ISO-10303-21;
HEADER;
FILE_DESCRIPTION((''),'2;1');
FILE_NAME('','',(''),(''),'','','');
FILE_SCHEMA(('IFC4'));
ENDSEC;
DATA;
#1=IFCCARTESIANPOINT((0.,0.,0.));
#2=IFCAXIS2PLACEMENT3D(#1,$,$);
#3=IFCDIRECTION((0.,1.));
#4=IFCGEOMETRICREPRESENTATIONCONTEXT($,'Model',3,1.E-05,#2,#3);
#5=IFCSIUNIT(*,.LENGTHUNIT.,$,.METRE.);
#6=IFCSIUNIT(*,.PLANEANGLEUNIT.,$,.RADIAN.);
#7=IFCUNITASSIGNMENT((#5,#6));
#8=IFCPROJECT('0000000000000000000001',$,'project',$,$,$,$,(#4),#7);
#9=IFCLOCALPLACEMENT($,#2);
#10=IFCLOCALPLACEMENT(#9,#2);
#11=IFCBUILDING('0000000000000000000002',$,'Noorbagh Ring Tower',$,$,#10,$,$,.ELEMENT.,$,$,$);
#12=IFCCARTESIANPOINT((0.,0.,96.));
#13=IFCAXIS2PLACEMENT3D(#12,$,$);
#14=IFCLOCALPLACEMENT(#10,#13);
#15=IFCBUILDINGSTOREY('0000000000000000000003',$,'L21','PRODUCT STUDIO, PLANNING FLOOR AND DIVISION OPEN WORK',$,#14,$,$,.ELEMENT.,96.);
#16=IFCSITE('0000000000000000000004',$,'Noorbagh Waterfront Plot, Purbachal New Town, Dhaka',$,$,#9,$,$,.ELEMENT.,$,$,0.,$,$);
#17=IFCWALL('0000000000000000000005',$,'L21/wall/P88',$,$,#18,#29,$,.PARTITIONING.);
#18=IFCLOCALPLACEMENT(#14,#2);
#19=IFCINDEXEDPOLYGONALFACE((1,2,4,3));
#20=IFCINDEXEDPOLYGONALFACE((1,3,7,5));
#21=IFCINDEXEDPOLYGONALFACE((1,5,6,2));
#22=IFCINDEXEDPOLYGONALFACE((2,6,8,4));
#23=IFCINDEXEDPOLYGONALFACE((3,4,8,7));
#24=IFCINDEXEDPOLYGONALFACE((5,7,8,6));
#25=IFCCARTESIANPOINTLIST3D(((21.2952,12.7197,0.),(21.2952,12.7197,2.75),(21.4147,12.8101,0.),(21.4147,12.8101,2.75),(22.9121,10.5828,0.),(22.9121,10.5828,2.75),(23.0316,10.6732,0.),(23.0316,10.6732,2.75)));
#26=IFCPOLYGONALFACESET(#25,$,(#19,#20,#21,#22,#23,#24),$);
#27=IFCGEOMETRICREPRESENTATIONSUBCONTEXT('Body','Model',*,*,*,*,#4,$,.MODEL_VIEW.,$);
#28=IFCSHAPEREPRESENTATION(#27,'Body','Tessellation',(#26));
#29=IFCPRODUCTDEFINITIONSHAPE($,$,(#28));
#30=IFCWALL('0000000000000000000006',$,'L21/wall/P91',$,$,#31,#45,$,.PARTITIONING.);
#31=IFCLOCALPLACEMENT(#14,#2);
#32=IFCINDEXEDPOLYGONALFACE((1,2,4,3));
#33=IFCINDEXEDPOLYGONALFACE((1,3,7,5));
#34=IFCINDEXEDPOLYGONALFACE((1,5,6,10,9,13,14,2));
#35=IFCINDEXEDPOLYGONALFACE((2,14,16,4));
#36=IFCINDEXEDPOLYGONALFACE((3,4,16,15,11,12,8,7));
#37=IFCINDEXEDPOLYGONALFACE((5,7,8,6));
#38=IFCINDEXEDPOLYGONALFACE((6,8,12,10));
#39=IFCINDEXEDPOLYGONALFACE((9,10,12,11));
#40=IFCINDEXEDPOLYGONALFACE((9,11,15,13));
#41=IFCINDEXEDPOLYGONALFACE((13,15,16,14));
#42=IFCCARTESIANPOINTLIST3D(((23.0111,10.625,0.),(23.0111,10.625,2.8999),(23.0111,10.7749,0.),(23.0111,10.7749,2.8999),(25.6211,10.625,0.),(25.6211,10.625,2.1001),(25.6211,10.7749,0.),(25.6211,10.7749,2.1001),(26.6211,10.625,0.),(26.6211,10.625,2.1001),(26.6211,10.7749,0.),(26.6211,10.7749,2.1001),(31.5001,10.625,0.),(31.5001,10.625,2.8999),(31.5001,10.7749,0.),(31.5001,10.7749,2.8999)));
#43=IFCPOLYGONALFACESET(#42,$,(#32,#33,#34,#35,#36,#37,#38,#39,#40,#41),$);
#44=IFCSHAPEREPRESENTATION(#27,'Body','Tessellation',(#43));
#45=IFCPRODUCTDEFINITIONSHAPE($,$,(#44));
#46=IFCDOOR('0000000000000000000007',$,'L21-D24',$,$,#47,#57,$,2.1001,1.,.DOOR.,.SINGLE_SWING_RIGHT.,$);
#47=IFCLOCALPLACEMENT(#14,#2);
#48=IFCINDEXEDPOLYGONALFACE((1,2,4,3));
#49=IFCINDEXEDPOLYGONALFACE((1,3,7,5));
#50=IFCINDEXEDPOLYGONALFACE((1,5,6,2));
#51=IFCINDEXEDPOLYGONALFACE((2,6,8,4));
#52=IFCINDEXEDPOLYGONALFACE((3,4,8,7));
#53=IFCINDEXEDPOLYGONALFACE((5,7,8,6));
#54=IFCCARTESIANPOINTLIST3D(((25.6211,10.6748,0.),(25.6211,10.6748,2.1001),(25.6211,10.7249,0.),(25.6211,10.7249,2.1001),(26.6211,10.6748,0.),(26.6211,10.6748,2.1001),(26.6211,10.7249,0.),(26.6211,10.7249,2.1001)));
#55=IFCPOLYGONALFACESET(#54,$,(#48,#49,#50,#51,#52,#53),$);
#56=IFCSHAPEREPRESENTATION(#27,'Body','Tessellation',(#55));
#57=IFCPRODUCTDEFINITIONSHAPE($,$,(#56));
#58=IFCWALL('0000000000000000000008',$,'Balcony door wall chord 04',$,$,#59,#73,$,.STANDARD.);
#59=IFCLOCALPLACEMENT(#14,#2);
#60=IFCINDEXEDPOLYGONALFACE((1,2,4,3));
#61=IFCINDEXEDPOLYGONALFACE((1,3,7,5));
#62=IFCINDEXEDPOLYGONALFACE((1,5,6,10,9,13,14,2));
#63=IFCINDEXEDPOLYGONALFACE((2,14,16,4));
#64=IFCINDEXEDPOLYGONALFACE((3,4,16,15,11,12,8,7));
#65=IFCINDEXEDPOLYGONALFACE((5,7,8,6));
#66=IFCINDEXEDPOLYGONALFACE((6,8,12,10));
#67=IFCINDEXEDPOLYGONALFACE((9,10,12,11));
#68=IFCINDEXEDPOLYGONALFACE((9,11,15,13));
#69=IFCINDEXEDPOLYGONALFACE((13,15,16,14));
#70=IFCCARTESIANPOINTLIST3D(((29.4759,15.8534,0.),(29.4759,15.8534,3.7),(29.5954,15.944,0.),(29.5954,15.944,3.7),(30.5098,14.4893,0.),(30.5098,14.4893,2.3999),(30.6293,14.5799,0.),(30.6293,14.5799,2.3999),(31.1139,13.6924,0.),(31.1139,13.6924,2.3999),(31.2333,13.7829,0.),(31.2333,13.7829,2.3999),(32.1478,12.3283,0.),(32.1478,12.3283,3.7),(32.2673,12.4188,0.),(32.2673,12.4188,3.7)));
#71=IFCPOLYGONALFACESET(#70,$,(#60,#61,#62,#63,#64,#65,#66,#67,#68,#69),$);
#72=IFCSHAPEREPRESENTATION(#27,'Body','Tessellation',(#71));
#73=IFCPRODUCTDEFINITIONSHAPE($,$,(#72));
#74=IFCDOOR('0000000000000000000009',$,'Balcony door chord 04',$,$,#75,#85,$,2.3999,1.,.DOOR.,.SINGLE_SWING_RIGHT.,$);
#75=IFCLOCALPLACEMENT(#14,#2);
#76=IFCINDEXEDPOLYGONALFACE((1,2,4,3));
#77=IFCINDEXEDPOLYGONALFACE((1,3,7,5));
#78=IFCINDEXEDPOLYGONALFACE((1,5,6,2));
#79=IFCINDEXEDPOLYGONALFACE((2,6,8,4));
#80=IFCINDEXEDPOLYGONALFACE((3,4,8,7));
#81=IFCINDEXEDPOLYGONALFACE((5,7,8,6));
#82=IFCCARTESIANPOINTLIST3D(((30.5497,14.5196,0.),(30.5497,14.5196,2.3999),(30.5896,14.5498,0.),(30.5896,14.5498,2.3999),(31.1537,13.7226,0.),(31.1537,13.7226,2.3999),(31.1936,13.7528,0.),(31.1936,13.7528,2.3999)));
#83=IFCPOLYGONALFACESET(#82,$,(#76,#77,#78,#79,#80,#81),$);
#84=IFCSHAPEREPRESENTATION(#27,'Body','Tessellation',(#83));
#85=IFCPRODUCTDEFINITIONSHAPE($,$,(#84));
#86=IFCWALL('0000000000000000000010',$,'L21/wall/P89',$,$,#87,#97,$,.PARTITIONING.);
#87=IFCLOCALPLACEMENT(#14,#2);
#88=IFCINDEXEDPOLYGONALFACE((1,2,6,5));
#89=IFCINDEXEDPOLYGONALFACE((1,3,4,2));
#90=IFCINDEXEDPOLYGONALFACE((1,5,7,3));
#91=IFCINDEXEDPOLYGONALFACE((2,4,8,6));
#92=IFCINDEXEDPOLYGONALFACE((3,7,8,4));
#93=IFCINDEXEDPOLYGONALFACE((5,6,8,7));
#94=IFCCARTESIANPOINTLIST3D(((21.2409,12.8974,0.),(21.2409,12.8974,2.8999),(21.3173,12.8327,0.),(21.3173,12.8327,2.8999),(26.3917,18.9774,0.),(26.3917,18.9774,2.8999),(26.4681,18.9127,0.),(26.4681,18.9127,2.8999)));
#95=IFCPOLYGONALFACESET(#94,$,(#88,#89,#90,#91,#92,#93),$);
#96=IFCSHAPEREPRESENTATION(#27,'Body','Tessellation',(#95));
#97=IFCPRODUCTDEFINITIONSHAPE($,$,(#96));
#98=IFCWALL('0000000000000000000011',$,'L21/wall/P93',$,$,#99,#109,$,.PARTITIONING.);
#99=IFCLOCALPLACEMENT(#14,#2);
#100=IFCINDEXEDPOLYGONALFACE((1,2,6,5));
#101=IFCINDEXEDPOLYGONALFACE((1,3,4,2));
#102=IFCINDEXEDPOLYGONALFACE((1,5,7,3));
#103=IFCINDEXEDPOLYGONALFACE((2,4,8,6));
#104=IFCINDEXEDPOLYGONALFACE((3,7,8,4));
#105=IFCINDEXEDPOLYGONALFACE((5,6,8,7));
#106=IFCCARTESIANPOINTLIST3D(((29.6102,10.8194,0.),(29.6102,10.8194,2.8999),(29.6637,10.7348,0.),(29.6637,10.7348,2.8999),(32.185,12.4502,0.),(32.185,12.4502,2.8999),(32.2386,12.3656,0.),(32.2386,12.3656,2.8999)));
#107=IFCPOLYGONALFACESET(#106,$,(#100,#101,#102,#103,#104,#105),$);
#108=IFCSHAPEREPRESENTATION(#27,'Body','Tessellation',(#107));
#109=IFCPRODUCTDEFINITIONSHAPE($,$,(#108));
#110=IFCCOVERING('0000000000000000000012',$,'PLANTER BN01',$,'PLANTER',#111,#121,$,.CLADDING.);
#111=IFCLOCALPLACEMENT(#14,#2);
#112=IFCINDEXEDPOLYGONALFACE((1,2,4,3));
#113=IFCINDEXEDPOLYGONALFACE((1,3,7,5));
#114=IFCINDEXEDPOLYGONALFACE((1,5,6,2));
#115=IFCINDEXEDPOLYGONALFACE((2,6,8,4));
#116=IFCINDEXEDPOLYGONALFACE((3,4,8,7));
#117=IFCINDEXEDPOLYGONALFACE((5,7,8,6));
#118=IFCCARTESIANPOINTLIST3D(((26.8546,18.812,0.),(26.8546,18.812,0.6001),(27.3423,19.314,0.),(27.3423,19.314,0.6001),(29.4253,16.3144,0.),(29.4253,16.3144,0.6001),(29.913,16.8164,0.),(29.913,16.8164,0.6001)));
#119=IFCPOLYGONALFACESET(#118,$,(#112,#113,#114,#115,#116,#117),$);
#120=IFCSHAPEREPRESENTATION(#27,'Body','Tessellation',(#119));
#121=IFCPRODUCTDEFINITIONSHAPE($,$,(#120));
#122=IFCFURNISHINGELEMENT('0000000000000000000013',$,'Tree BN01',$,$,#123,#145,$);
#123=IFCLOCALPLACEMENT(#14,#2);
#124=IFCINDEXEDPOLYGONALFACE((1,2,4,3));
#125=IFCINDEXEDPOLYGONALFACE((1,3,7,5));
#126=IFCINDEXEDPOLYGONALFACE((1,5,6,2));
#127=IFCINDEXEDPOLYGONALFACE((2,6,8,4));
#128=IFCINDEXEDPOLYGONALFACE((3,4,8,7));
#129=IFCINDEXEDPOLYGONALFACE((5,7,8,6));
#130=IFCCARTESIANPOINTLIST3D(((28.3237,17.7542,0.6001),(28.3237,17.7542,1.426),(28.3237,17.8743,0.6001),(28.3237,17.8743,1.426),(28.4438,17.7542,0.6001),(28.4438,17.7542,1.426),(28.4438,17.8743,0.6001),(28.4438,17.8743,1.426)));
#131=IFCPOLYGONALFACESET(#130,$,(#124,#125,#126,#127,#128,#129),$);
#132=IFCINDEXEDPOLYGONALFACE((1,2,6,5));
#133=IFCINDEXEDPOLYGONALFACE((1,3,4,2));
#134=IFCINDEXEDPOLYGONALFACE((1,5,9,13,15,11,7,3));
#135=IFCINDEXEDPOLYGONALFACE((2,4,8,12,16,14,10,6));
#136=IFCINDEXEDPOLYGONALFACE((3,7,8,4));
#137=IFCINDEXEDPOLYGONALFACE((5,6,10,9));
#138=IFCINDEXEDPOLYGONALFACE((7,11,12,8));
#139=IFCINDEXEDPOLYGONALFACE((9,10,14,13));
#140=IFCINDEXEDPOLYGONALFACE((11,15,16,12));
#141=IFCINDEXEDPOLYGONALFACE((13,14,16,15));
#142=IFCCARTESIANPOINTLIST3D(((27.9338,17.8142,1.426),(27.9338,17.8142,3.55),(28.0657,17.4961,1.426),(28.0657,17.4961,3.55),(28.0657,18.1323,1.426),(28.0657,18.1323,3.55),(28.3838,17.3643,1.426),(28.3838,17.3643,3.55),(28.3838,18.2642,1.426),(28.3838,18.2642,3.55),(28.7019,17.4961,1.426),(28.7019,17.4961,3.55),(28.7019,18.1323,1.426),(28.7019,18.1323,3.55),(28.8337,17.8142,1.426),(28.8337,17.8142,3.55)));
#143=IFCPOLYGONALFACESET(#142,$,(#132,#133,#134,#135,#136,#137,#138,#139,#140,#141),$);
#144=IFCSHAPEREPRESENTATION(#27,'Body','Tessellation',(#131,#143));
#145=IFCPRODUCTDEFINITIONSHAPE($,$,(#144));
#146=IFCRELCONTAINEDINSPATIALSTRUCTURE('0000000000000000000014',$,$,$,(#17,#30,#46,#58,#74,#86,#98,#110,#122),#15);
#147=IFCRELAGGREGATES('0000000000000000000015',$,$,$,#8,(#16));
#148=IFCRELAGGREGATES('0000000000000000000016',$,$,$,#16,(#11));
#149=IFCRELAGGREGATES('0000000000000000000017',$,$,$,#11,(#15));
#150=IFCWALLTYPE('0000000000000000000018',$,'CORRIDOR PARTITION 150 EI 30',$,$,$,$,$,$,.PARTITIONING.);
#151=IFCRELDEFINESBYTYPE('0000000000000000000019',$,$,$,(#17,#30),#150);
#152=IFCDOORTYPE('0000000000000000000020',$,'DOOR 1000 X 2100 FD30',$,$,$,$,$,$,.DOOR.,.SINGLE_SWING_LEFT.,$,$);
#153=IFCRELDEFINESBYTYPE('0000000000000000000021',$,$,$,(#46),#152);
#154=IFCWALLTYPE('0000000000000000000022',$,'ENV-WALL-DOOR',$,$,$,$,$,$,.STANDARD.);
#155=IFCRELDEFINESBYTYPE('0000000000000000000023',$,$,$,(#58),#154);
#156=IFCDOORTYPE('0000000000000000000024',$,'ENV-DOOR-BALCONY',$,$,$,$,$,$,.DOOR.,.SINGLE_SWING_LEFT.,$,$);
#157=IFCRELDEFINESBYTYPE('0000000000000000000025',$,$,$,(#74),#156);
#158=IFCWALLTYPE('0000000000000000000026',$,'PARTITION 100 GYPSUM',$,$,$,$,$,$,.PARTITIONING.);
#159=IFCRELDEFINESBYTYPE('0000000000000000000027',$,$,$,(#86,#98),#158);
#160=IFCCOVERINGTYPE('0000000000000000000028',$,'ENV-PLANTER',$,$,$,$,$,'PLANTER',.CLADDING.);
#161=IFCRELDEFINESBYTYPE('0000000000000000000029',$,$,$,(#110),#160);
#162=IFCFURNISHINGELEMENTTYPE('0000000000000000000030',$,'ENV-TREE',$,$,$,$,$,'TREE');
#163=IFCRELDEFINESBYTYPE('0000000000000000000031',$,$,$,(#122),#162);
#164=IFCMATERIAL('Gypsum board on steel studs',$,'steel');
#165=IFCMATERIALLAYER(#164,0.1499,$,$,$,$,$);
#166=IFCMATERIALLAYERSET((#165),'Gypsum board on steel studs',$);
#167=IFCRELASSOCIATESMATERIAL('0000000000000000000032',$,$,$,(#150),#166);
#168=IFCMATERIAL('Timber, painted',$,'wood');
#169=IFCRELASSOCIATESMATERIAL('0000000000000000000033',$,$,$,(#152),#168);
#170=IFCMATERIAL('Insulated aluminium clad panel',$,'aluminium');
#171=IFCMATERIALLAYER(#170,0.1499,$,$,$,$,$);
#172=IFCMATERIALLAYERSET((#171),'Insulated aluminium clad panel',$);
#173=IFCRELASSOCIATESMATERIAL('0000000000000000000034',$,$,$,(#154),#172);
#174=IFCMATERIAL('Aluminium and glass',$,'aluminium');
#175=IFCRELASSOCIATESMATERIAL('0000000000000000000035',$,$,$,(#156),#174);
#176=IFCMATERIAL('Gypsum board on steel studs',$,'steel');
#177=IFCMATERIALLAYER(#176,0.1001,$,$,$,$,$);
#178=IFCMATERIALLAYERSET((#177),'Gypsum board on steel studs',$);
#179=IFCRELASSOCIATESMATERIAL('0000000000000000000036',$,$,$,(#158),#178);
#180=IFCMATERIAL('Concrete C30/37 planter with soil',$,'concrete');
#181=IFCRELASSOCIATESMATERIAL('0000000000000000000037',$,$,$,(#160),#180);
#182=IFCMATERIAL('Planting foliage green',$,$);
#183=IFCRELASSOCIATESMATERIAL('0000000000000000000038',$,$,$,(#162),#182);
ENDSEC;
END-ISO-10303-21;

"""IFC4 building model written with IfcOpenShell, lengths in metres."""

from ifc_helpers import new_model, si_unit, direction, frame, frame_2d, origin, origin_2d, place, context, subcontext, project, spatial, polyline, rectangle, outline, extrude, material, layer, layer_set, type_object, element, fill, save


model = new_model("IFC4")

# Units and contexts
model_context = context("Model", 3, precision=1e-05, world=origin(), true_north=direction((0.0, 1.0)))
body_context = subcontext(model_context, "Body", "Model", "MODEL_VIEW")
ifc_project = project(units=[si_unit("LENGTHUNIT", "METRE"), si_unit("PLANEANGLEUNIT", "RADIAN")], contexts=[model_context])

# Site, building, storey
site_placement = place(None, origin())
site = spatial("IfcSite", under=ifc_project, at=site_placement, Name="Noorbagh Waterfront Plot, Purbachal New Town, Dhaka", CompositionType="ELEMENT", RefElevation=0.0)
building_placement = place(site_placement, origin())
building = spatial("IfcBuilding", under=site, at=building_placement, Name="Noorbagh Ring Tower", CompositionType="ELEMENT")
storey_placement = place(building_placement, frame((0.0, 0.0, 96.0)))
storey = spatial("IfcBuildingStorey", under=building, at=storey_placement, Name="L21", Description="PRODUCT STUDIO, PLANNING FLOOR AND DIVISION OPEN WORK", CompositionType="ELEMENT", Elevation=96.0)

# Wall
ifc_material_1 = material(Name="Gypsum board on steel studs", Category="steel")
ifc_layer_1 = layer(ifc_material_1, 0.1499)
ifc_layer_set_1 = layer_set([ifc_layer_1], Name="Gypsum board on steel studs")
wall_type_1 = type_object("IfcWallType", Name="CORRIDOR PARTITION 150 EI 30", PredefinedType="PARTITIONING", material=ifc_layer_set_1)
wall_1_placement = place(storey_placement, frame((21.355, 12.7649, 0.0), z_axis=(0.0, 0.0, 1.0), x_axis=(0.603391, -0.797445, 0.0)))
element("IfcWall", 1, at=wall_1_placement, inside=storey, type_object=wall_type_1, Name="L21/wall/P88", PredefinedType="PARTITIONING", context=body_context, shape_type="SweptSolid", body=[
    extrude(rectangle(XDim=2.6797, YDim=0.1499, at=frame_2d((1.3398, 0.0))), origin(), (0.0, 0.0, 1.0), 2.75),
])

# Walls, openings, doors
wall_2_placement = place(storey_placement, frame((23.011, 10.7, 0.0), z_axis=(0.0, 0.0, 1.0), x_axis=(1.0, 0.0, 0.0)))
wall_2 = element("IfcWall", 2, at=wall_2_placement, inside=storey, type_object=wall_type_1, Name="L21/wall/P91", PredefinedType="PARTITIONING", context=body_context, shape_type="SweptSolid", body=[
    extrude(rectangle(XDim=8.489, YDim=0.1499, at=frame_2d((4.2446, 0.0))), origin(), (0.0, 0.0, 1.0), 2.8999),
])
opening_1_placement = place(wall_2_placement, frame((2.6101, 0.0, 0.0)))
opening_1 = element("IfcOpeningElement", 3, at=opening_1_placement, cuts=wall_2, PredefinedType="OPENING", context=body_context, shape_type="SweptSolid", body=[
    extrude(rectangle(XDim=1.0, YDim=2.1001, at=frame_2d((0.5, 1.05))), frame((0.0, 0.085, 0.0), z_axis=(0.0, -1.0, 0.0), x_axis=(1.0, 0.0, 0.0)), (0.0, 0.0, 1.0), 0.1699),
])
ifc_material_2 = material(Name="Timber, painted", Category="wood")
door_type_1 = type_object("IfcDoorType", Name="DOOR 1000 X 2100 FD30", OperationType="SINGLE_SWING_LEFT", PredefinedType="DOOR", material=ifc_material_2)
door_1_placement = place(opening_1_placement, origin())
door_1 = element("IfcDoor", 4, at=door_1_placement, inside=storey, type_object=door_type_1, Name="L21-D24", OperationType="SINGLE_SWING_RIGHT", OverallHeight=2.1001, OverallWidth=1.0, PredefinedType="DOOR", context=body_context, shape_type="SweptSolid", body=[
    extrude(rectangle(XDim=1.0, YDim=2.1001, at=frame_2d((0.5, 1.05))), frame((0.0, 0.0249, 0.0), z_axis=(0.0, -1.0, 0.0), x_axis=(1.0, 0.0, 0.0)), (0.0, 0.0, 1.0), 0.05),
])
fill(opening_1, door_1)
ifc_material_3 = material(Name="Insulated aluminium clad panel", Category="aluminium")
ifc_layer_2 = layer(ifc_material_3, 0.1499)
ifc_layer_set_2 = layer_set([ifc_layer_2], Name="Insulated aluminium clad panel")
wall_type_2 = type_object("IfcWallType", Name="ENV-WALL-DOOR", PredefinedType="STANDARD", material=ifc_layer_set_2)
wall_3_placement = place(storey_placement, frame((32.2075, 12.3735, 0.0), z_axis=(0.0, 0.0, 1.0), x_axis=(-0.604046, 0.79695, 0.0)))
wall_3 = element("IfcWall", 5, at=wall_3_placement, inside=storey, type_object=wall_type_2, Name="Balcony door wall chord 04", PredefinedType="STANDARD", context=body_context, shape_type="SweptSolid", body=[
    extrude(rectangle(XDim=4.4233, YDim=0.1499, at=frame_2d((2.2117, 0.0))), origin(), (0.0, 0.0, 1.0), 3.7),
])
opening_2_placement = place(wall_3_placement, frame((1.7117, 0.0, 0.0)))
opening_2 = element("IfcOpeningElement", 6, at=opening_2_placement, cuts=wall_3, PredefinedType="OPENING", context=body_context, shape_type="SweptSolid", body=[
    extrude(rectangle(XDim=1.0, YDim=2.3999, at=frame_2d((0.5, 1.2))), frame((0.0, 0.085, 0.0), z_axis=(0.0, -1.0, 0.0), x_axis=(1.0, 0.0, 0.0)), (0.0, 0.0, 1.0), 0.1699),
])
ifc_material_4 = material(Name="Aluminium and glass", Category="aluminium")
door_type_2 = type_object("IfcDoorType", Name="ENV-DOOR-BALCONY", OperationType="SINGLE_SWING_LEFT", PredefinedType="DOOR", material=ifc_material_4)
door_2_placement = place(opening_2_placement, origin())
door_2 = element("IfcDoor", 7, at=door_2_placement, inside=storey, type_object=door_type_2, Name="Balcony door chord 04", OperationType="SINGLE_SWING_RIGHT", OverallHeight=2.3999, OverallWidth=1.0, PredefinedType="DOOR", context=body_context, shape_type="SweptSolid", body=[
    extrude(rectangle(XDim=1.0, YDim=2.3999, at=frame_2d((0.5, 1.2))), frame((0.0, 0.0249, 0.0), z_axis=(0.0, -1.0, 0.0), x_axis=(1.0, 0.0, 0.0)), (0.0, 0.0, 1.0), 0.05),
])
fill(opening_2, door_2)

# Walls
ifc_material_5 = material(Name="Gypsum board on steel studs", Category="steel")
ifc_layer_3 = layer(ifc_material_5, 0.1001)
ifc_layer_set_3 = layer_set([ifc_layer_3], Name="Gypsum board on steel studs")
wall_type_3 = type_object("IfcWallType", Name="PARTITION 100 GYPSUM", PredefinedType="PARTITIONING", material=ifc_layer_set_3)
wall_4_placement = place(storey_placement, frame((21.2791, 12.865, 0.0), z_axis=(0.0, 0.0, 1.0), x_axis=(0.646395, 0.763003, 0.0)))
element("IfcWall", 8, at=wall_4_placement, inside=storey, type_object=wall_type_3, Name="L21/wall/P89", PredefinedType="PARTITIONING", context=body_context, shape_type="SweptSolid", body=[
    extrude(rectangle(XDim=7.9685, YDim=0.1001, at=frame_2d((3.9844, 0.0))), origin(), (0.0, 0.0, 1.0), 2.8999),
])
wall_5_placement = place(storey_placement, frame((29.637, 10.7771, 0.0), z_axis=(0.0, 0.0, 1.0), x_axis=(0.844811, 0.535065, 0.0)))
element("IfcWall", 9, at=wall_5_placement, inside=storey, type_object=wall_type_3, Name="L21/wall/P93", PredefinedType="PARTITIONING", context=body_context, shape_type="SweptSolid", body=[
    extrude(rectangle(XDim=3.0479, YDim=0.1001, at=frame_2d((1.5239, 0.0))), origin(), (0.0, 0.0, 1.0), 2.8999),
])

# Covering
ifc_material_6 = material(Name="Concrete C30/37 planter with soil", Category="concrete")
covering_type = type_object("IfcCoveringType", Name="ENV-PLANTER", ElementType="PLANTER", PredefinedType="CLADDING", material=ifc_material_6)
covering_placement = place(storey_placement, frame((28.3838, 17.8142, 0.0), z_axis=(0.0, 0.0, 1.0), x_axis=(-0.717225, 0.696842, 0.0)))
element("IfcCovering", 10, at=covering_placement, inside=storey, type_object=covering_type, Name="PLANTER BN01", ObjectType="PLANTER", PredefinedType="CLADDING", context=body_context, shape_type="SweptSolid", body=[
    extrude(rectangle(XDim=3.5842, YDim=0.7, at=origin_2d()), origin(), (0.0, 0.0, 1.0), 0.6001),
])

# Furnishing element
ifc_material_7 = material(Name="Planting foliage green")
furnishing_element_type = type_object("IfcFurnishingElementType", Name="ENV-TREE", ElementType="TREE", material=ifc_material_7)
furnishing_placement = place(storey_placement, frame((28.3838, 17.8142, 0.6001), z_axis=(0.0, 0.0, 1.0), x_axis=(1.0, 0.0, 0.0)))
element("IfcFurnishingElement", 11, at=furnishing_placement, inside=storey, type_object=furnishing_element_type, Name="Tree BN01", context=body_context, shape_type="SweptSolid", body=[
    extrude(rectangle(XDim=0.1201, YDim=0.1201, at=origin_2d()), origin(), (0.0, 0.0, 1.0), 0.8259),
    extrude(outline(polyline([(0.45, 0.0), (0.3181, 0.3181), (0.0, 0.45), (-0.3181, 0.3181), (-0.45, 0.0), (-0.3181, -0.3181), (0.0, -0.45), (0.3181, -0.3181), (0.45, 0.0)])), frame((0.0, 0.0, 0.8259)), (0.0, 0.0, 1.0), 2.124),
])

save(model, "model.ifc")
